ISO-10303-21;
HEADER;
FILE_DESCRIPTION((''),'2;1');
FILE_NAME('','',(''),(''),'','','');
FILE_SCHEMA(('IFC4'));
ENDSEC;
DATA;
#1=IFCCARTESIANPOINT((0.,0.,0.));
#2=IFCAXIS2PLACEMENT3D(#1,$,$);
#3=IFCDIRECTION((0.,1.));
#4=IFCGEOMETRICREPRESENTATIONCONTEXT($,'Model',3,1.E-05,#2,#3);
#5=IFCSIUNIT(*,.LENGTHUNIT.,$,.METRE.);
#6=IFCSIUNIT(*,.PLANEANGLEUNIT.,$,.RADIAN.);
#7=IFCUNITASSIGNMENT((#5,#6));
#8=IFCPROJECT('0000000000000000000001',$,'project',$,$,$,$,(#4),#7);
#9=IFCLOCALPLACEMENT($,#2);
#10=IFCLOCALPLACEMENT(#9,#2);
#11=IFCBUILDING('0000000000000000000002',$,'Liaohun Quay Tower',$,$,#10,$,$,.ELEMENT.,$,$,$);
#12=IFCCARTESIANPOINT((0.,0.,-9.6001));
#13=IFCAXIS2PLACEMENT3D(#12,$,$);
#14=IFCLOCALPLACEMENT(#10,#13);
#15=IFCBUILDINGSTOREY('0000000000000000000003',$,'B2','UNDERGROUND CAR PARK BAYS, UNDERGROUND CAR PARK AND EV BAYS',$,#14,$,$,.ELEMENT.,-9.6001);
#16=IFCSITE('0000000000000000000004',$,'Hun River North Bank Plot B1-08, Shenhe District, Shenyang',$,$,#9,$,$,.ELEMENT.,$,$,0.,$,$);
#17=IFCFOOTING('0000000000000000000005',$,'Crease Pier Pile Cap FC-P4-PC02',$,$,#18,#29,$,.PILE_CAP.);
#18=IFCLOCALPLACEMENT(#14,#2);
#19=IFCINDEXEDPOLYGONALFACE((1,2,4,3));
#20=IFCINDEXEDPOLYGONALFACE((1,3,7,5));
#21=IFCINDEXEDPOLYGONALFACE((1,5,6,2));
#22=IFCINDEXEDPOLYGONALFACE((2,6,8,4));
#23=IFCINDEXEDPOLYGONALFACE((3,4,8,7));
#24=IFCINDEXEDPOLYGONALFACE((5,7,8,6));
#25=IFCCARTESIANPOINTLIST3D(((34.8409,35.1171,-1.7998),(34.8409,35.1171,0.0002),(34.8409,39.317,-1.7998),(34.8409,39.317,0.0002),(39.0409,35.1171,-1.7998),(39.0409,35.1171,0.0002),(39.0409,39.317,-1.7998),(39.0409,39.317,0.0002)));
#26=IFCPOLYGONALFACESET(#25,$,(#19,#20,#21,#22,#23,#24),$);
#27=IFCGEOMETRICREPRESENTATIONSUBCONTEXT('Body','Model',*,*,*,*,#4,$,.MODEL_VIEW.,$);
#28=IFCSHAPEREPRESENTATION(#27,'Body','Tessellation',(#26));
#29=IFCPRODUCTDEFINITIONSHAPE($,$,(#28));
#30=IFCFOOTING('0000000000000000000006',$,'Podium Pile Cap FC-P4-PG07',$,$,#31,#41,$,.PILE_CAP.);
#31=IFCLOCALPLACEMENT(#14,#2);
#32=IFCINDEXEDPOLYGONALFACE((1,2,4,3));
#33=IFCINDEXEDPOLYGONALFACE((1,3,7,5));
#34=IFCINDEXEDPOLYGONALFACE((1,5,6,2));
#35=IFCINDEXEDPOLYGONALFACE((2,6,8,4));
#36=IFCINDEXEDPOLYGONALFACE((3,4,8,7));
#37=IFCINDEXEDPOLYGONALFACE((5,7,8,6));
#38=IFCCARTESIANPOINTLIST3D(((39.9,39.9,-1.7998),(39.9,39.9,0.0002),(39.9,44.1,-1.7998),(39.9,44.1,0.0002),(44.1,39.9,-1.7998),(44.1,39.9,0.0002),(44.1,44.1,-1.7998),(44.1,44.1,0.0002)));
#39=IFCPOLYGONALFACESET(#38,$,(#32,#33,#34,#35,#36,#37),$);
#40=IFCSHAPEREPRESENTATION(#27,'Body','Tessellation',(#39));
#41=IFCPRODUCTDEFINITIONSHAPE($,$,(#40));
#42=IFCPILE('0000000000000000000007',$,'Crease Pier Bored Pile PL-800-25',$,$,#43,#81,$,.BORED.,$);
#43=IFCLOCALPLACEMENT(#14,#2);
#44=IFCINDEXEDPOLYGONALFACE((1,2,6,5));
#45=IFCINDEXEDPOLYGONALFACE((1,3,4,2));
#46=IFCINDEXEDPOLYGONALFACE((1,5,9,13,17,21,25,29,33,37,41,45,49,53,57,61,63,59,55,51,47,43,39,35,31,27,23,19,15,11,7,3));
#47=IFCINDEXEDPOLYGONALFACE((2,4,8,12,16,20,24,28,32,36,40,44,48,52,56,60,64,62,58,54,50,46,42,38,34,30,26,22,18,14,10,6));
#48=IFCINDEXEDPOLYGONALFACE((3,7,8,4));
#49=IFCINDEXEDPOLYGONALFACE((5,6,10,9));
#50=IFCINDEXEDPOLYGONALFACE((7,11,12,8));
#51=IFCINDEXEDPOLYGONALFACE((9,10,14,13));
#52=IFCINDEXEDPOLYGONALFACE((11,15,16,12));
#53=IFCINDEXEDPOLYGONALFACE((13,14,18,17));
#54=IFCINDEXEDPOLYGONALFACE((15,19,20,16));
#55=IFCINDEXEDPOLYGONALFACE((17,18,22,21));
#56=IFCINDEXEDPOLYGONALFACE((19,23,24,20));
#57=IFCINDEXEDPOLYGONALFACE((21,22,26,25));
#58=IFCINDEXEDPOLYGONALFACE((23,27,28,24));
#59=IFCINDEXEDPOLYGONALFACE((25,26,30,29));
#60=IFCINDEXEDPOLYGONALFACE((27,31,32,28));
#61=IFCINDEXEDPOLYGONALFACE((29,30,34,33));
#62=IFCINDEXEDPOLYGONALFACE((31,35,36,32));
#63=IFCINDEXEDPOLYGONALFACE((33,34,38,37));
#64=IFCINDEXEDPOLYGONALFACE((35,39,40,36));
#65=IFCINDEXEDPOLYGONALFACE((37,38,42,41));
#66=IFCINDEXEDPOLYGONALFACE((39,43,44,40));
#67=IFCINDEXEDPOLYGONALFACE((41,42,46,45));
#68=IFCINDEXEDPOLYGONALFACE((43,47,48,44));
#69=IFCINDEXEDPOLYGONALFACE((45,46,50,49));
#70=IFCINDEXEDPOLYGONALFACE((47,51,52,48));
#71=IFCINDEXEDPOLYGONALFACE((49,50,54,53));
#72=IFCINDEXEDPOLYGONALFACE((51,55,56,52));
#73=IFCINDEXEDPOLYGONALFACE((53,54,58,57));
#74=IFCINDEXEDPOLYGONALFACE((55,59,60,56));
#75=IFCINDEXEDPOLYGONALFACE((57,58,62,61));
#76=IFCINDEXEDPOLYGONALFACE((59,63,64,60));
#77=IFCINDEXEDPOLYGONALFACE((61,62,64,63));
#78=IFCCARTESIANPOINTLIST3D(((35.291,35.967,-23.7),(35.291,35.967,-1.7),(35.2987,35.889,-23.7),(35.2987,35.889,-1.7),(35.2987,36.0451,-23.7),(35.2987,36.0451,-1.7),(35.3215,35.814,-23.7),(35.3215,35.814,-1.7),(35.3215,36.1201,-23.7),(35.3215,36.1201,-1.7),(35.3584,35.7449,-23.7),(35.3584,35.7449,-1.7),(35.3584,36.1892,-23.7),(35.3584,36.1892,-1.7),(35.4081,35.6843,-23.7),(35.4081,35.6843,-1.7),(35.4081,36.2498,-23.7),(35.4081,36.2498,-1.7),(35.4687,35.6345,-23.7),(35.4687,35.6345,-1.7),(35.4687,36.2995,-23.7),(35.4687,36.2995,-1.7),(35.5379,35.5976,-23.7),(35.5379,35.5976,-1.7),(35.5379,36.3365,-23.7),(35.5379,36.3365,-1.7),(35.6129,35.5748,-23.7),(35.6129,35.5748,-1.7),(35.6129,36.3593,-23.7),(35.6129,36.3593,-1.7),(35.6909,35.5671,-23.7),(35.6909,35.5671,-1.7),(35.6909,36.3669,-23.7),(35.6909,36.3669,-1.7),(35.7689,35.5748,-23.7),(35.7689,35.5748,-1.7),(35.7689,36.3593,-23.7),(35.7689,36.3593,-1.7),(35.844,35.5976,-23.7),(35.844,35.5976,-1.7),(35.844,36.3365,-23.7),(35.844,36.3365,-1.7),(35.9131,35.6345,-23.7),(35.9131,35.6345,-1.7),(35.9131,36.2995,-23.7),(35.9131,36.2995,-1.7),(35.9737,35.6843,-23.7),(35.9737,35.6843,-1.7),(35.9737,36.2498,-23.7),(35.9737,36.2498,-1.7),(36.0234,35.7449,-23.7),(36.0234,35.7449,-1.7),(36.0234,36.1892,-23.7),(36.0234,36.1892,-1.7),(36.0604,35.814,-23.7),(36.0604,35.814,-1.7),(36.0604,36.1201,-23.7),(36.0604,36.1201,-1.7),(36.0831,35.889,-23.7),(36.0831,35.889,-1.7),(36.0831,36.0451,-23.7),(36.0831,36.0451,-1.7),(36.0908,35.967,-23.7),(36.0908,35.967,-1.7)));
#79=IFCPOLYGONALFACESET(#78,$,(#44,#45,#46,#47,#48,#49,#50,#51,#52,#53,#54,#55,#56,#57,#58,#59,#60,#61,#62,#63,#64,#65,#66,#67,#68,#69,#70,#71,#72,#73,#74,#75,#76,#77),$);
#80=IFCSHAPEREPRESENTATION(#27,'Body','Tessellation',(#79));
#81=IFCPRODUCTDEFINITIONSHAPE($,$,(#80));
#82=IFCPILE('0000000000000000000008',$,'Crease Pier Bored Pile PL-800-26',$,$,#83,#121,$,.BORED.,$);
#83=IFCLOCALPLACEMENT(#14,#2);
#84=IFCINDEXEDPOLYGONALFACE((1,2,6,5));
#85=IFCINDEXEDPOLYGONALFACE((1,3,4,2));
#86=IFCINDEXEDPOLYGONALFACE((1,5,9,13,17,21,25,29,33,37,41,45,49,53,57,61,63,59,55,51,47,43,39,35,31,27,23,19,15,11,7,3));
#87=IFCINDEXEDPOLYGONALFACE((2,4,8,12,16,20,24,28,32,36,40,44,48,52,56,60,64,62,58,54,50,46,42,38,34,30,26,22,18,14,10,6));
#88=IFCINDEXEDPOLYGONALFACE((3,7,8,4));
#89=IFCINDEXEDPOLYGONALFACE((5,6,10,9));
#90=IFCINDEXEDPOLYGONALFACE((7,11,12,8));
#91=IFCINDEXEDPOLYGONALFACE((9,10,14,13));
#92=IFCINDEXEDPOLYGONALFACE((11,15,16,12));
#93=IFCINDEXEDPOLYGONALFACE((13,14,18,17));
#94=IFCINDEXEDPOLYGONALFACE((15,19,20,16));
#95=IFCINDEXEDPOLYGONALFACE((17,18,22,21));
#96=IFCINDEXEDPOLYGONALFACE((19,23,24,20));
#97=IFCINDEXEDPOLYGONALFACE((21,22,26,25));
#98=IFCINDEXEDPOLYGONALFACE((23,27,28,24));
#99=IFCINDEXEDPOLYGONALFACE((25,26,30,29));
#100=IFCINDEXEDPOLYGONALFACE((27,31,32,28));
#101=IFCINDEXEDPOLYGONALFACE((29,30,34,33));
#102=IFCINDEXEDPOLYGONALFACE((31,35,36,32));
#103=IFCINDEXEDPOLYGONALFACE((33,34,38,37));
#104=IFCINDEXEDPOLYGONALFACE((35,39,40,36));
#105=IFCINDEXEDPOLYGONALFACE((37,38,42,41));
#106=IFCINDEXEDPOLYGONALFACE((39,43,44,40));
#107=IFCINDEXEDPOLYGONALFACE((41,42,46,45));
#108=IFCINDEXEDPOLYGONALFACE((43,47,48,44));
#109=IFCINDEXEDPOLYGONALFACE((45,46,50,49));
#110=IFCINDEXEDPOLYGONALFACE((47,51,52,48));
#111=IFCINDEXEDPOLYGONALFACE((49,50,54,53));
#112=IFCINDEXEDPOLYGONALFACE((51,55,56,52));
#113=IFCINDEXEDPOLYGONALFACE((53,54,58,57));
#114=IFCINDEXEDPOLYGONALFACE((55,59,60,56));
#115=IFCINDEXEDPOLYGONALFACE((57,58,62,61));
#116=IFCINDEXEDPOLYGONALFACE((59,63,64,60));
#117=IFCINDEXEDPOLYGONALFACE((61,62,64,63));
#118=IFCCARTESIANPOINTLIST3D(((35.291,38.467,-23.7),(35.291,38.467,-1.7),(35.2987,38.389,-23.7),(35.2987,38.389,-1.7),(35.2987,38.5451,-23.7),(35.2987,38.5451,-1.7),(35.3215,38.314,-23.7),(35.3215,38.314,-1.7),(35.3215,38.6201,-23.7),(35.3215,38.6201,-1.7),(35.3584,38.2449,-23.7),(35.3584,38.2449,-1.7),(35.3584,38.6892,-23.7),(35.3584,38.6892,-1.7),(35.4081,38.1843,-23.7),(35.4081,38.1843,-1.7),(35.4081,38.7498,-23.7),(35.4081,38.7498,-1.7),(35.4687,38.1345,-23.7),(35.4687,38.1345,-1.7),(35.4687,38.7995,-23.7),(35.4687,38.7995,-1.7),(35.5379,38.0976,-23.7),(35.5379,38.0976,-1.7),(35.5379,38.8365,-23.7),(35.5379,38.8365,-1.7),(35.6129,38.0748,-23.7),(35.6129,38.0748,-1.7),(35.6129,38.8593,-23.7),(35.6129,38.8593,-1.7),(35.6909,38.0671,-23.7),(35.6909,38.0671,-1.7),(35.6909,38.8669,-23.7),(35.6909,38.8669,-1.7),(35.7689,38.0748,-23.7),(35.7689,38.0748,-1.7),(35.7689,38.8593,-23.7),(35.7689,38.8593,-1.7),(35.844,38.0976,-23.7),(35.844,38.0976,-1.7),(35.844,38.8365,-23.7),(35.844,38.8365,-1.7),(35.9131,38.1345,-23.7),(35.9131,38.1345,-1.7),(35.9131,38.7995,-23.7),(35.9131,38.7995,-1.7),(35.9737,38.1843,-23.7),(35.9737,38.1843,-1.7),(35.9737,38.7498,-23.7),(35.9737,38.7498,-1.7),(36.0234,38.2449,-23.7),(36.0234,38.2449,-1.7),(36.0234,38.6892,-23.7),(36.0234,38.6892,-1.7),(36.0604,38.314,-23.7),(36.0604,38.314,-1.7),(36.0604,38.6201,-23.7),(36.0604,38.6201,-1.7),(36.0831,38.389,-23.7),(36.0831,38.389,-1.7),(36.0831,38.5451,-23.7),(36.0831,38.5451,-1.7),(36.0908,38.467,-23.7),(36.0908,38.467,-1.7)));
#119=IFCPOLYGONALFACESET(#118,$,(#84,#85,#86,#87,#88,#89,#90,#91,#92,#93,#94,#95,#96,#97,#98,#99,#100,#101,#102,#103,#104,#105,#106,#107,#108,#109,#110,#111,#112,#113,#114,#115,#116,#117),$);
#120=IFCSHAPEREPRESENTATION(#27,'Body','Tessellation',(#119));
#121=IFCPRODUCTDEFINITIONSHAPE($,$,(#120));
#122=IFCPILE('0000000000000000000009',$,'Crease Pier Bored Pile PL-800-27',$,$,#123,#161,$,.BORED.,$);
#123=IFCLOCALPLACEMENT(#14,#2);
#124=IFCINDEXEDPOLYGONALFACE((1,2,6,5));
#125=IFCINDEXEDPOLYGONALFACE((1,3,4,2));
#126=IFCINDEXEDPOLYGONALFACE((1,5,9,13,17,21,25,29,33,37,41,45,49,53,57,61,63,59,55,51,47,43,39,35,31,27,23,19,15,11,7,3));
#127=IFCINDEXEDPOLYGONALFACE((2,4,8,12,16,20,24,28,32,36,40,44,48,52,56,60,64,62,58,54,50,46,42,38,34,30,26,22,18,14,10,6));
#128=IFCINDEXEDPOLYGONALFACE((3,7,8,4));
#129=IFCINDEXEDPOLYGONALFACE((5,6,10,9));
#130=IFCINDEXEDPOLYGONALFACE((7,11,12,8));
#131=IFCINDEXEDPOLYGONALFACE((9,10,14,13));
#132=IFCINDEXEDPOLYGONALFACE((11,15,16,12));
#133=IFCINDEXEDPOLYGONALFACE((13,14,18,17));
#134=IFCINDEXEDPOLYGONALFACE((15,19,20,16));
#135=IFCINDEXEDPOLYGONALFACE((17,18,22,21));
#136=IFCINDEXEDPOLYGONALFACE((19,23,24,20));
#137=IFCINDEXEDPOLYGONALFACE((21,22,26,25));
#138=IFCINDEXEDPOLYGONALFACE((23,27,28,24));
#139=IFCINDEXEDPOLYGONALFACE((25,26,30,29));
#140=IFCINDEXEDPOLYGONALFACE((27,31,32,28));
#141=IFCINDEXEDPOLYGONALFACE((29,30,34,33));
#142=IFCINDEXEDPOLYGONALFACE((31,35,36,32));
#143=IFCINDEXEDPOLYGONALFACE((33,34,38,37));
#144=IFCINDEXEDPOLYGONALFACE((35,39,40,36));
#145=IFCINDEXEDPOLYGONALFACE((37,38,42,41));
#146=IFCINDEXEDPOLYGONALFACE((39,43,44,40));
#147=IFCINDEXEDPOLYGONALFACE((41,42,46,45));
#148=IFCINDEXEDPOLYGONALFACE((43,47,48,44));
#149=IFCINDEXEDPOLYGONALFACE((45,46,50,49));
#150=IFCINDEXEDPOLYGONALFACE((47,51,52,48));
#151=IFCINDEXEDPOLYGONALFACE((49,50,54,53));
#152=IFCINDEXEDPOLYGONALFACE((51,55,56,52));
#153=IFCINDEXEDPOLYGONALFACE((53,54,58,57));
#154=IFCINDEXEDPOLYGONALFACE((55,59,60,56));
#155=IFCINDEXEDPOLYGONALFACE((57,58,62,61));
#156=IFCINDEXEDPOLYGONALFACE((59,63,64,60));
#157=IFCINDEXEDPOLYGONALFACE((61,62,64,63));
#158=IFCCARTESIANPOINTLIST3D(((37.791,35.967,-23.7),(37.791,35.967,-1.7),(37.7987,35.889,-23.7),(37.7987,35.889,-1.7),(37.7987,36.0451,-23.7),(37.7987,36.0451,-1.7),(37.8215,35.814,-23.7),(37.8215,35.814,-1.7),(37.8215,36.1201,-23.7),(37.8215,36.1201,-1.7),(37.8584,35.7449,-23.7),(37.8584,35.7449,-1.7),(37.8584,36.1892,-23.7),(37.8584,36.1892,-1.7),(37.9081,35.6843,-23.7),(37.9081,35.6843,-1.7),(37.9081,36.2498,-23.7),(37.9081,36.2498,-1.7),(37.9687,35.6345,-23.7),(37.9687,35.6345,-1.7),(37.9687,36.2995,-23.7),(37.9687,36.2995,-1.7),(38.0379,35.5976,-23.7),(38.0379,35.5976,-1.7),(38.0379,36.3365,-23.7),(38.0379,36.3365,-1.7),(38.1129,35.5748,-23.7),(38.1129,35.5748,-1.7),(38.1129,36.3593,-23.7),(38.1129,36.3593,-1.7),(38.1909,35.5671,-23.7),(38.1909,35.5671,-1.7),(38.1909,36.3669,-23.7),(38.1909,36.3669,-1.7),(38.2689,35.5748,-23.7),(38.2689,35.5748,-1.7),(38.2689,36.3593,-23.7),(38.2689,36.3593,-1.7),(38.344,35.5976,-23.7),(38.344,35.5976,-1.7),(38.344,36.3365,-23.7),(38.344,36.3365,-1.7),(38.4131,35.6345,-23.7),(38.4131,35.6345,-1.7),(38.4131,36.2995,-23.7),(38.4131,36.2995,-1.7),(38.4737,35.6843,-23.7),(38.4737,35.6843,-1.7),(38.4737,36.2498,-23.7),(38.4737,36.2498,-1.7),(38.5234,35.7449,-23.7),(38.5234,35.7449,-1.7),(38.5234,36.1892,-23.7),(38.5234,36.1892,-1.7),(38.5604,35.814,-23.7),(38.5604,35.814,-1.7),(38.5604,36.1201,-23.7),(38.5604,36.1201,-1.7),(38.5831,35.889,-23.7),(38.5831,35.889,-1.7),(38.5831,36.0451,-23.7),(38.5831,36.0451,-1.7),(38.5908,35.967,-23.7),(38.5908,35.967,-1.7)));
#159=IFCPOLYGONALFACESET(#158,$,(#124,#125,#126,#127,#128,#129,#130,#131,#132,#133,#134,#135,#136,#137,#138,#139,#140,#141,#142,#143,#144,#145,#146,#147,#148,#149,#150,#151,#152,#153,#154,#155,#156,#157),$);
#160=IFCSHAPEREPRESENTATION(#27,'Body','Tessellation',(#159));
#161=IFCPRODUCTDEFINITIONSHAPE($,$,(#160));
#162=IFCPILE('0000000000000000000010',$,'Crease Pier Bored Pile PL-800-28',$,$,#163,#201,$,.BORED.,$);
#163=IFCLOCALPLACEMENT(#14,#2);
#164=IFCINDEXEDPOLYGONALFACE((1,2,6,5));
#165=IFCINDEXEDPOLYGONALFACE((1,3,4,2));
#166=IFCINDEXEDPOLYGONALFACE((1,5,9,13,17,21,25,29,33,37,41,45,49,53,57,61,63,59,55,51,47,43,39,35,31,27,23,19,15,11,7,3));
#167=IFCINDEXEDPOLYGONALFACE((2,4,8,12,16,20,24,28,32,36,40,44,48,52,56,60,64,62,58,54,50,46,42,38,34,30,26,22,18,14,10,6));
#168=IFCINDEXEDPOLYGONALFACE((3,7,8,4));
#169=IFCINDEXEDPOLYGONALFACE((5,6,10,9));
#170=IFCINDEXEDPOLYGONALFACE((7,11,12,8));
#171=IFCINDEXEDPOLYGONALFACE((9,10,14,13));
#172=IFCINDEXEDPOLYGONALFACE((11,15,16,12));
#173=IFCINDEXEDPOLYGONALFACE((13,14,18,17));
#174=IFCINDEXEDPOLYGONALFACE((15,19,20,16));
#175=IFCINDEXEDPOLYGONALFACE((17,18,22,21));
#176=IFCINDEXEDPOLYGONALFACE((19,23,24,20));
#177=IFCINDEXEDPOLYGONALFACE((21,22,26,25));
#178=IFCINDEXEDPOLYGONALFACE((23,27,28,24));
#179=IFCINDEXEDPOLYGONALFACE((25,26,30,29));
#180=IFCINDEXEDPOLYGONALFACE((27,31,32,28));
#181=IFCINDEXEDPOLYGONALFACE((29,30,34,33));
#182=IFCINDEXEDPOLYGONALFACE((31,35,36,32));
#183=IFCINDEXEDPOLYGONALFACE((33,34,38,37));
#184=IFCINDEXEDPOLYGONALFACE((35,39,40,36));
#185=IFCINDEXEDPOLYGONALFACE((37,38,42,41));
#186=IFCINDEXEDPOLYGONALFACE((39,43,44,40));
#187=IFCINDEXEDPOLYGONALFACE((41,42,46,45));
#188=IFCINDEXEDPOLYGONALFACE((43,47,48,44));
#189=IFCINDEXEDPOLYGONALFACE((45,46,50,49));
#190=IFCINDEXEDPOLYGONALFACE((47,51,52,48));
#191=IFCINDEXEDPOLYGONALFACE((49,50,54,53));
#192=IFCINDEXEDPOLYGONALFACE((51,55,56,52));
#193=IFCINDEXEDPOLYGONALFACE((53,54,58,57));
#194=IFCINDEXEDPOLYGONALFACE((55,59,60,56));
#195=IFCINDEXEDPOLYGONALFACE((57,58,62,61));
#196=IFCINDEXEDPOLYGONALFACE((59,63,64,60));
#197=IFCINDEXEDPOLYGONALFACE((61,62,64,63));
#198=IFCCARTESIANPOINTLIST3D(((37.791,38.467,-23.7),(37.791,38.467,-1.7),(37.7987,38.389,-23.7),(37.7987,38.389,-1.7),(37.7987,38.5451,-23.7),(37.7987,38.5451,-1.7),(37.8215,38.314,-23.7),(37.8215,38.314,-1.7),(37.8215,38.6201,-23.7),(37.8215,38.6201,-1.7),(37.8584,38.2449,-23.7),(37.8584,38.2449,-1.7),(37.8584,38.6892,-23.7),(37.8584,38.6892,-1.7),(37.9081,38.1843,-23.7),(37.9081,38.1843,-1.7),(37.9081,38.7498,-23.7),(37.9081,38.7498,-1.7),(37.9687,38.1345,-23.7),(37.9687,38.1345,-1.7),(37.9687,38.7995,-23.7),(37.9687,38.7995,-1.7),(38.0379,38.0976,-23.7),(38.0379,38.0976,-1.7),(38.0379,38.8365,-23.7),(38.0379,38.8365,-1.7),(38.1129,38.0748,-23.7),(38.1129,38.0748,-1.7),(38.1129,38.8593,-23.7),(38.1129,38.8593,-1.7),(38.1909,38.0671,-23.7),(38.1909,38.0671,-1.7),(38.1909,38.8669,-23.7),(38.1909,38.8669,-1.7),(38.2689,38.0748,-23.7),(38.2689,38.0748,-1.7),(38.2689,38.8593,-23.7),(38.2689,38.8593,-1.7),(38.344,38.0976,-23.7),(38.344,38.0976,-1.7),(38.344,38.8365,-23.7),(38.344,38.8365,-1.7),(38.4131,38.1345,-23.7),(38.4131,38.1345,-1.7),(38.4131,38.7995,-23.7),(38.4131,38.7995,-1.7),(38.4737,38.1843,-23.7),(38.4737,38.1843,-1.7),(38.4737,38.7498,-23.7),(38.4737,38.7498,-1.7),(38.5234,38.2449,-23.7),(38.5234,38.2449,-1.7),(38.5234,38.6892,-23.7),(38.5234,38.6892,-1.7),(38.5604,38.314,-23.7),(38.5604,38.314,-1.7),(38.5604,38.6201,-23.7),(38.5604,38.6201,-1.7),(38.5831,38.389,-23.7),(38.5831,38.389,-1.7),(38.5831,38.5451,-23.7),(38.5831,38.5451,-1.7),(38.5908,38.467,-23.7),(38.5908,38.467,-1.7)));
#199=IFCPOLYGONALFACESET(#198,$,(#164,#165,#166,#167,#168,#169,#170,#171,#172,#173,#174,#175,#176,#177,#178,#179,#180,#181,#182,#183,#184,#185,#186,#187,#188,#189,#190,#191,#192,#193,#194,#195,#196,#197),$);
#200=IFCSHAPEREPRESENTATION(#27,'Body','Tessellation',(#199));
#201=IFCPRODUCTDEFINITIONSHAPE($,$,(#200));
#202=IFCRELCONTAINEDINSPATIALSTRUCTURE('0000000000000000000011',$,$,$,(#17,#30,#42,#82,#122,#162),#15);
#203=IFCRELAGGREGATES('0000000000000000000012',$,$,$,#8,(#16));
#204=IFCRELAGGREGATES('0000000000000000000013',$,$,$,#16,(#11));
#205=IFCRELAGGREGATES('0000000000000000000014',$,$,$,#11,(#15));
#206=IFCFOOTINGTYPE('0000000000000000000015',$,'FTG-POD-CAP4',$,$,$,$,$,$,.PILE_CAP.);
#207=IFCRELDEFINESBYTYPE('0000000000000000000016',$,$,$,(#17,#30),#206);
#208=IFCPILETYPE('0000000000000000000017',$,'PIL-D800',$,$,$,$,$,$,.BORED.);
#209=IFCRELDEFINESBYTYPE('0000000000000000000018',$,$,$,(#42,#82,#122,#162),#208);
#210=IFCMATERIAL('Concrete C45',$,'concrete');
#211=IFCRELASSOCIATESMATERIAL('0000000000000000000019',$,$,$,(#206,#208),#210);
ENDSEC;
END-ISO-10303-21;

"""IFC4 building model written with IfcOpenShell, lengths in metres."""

from ifc_helpers import new_model, si_unit, direction, frame, origin, origin_2d, place, context, subcontext, project, spatial, rectangle, circle, extrude, source, transform, mapped, material, material_profile, profile_set, type_object, element, save


model = new_model("IFC4")

# Units and contexts
model_context = context("Model", 3, precision=1e-05, world=origin(), true_north=direction((0.0, 1.0)))
body_context = subcontext(model_context, "Body", "Model", "MODEL_VIEW")
ifc_project = project(units=[si_unit("LENGTHUNIT", "METRE"), si_unit("PLANEANGLEUNIT", "RADIAN")], contexts=[model_context])

# Site, building, storey
site_placement = place(None, origin())
site = spatial("IfcSite", under=ifc_project, at=site_placement, Name="Hun River North Bank Plot B1-08, Shenhe District, Shenyang", CompositionType="ELEMENT", RefElevation=0.0)
building_placement = place(site_placement, origin())
building = spatial("IfcBuilding", under=site, at=building_placement, Name="Liaohun Quay Tower", CompositionType="ELEMENT")
storey_placement = place(building_placement, frame((0.0, 0.0, -9.6001)))
storey = spatial("IfcBuildingStorey", under=building, at=storey_placement, Name="B2", Description="UNDERGROUND CAR PARK BAYS, UNDERGROUND CAR PARK AND EV BAYS", CompositionType="ELEMENT", Elevation=-9.6001)

# Footings
ifc_material_1 = material(Name="Concrete C45", Category="concrete")
footing_type = type_object("IfcFootingType", Name="FTG-POD-CAP4", PredefinedType="PILE_CAP", material=ifc_material_1)
shared_shape_1 = source(origin(), body_context, "Body", "SweptSolid", [
    extrude(rectangle(XDim=4.2, YDim=4.2, at=origin_2d()), origin(), (0.0, 0.0, 1.0), 1.8),
])
for number, where, z_axis, x_axis, name in (
    (1, (36.9409, 37.217, -1.7998), (0.0, 0.0, 1.0), (1.0, 0.0, 0.0), "Crease Pier Pile Cap FC-P4-PC02"),
    (2, (42.0, 42.0, -1.7998), (0.0, 0.0, 1.0), (1.0, 0.0, 0.0), "Podium Pile Cap FC-P4-PG07"),
):
    element("IfcFooting", number, at=place(storey_placement, frame(where, z_axis=z_axis, x_axis=x_axis)), inside=storey, type_object=footing_type, Name=name, PredefinedType="PILE_CAP", context=body_context, shape_type="MappedRepresentation", body=[
        mapped(shared_shape_1, transform((0.0, 0.0, 0.0), x_axis=(1.0, 0.0, 0.0), y_axis=(0.0, 1.0, 0.0), z_axis=(0.0, 0.0, 1.0), scale=1.0)),
    ])

# Piles
ifc_material_profile_1 = material_profile(ifc_material_1, circle(Radius=0.3999, at=origin_2d()), Name="PILE-D800")
ifc_profile_set_1 = profile_set([ifc_material_profile_1], Name="Concrete C45")
pile_type = type_object("IfcPileType", Name="PIL-D800", PredefinedType="BORED", material=ifc_profile_set_1)
shared_shape_2 = source(origin(), body_context, "Body", "SweptSolid", [
    extrude(circle(Radius=0.3999, at=origin_2d()), origin(), (0.0, 0.0, 1.0), 22.0),
])
for number, where, z_axis, x_axis, name in (
    (3, (35.6909, 35.967, -1.7), (0.0, 0.0, -1.0), (1.0, 0.0, 0.0), "Crease Pier Bored Pile PL-800-25"),
    (4, (35.6909, 38.467, -1.7), (0.0, 0.0, -1.0), (1.0, 0.0, 0.0), "Crease Pier Bored Pile PL-800-26"),
    (5, (38.1909, 35.967, -1.7), (0.0, 0.0, -1.0), (1.0, 0.0, 0.0), "Crease Pier Bored Pile PL-800-27"),
    (6, (38.1909, 38.467, -1.7), (0.0, 0.0, -1.0), (1.0, 0.0, 0.0), "Crease Pier Bored Pile PL-800-28"),
):
    element("IfcPile", number, at=place(storey_placement, frame(where, z_axis=z_axis, x_axis=x_axis)), inside=storey, type_object=pile_type, Name=name, PredefinedType="BORED", context=body_context, shape_type="MappedRepresentation", body=[
        mapped(shared_shape_2, transform((0.0, 0.0, 0.0), x_axis=(1.0, 0.0, 0.0), y_axis=(0.0, 1.0, 0.0), z_axis=(0.0, 0.0, 1.0), scale=1.0)),
    ])

save(model, "model.ifc")
